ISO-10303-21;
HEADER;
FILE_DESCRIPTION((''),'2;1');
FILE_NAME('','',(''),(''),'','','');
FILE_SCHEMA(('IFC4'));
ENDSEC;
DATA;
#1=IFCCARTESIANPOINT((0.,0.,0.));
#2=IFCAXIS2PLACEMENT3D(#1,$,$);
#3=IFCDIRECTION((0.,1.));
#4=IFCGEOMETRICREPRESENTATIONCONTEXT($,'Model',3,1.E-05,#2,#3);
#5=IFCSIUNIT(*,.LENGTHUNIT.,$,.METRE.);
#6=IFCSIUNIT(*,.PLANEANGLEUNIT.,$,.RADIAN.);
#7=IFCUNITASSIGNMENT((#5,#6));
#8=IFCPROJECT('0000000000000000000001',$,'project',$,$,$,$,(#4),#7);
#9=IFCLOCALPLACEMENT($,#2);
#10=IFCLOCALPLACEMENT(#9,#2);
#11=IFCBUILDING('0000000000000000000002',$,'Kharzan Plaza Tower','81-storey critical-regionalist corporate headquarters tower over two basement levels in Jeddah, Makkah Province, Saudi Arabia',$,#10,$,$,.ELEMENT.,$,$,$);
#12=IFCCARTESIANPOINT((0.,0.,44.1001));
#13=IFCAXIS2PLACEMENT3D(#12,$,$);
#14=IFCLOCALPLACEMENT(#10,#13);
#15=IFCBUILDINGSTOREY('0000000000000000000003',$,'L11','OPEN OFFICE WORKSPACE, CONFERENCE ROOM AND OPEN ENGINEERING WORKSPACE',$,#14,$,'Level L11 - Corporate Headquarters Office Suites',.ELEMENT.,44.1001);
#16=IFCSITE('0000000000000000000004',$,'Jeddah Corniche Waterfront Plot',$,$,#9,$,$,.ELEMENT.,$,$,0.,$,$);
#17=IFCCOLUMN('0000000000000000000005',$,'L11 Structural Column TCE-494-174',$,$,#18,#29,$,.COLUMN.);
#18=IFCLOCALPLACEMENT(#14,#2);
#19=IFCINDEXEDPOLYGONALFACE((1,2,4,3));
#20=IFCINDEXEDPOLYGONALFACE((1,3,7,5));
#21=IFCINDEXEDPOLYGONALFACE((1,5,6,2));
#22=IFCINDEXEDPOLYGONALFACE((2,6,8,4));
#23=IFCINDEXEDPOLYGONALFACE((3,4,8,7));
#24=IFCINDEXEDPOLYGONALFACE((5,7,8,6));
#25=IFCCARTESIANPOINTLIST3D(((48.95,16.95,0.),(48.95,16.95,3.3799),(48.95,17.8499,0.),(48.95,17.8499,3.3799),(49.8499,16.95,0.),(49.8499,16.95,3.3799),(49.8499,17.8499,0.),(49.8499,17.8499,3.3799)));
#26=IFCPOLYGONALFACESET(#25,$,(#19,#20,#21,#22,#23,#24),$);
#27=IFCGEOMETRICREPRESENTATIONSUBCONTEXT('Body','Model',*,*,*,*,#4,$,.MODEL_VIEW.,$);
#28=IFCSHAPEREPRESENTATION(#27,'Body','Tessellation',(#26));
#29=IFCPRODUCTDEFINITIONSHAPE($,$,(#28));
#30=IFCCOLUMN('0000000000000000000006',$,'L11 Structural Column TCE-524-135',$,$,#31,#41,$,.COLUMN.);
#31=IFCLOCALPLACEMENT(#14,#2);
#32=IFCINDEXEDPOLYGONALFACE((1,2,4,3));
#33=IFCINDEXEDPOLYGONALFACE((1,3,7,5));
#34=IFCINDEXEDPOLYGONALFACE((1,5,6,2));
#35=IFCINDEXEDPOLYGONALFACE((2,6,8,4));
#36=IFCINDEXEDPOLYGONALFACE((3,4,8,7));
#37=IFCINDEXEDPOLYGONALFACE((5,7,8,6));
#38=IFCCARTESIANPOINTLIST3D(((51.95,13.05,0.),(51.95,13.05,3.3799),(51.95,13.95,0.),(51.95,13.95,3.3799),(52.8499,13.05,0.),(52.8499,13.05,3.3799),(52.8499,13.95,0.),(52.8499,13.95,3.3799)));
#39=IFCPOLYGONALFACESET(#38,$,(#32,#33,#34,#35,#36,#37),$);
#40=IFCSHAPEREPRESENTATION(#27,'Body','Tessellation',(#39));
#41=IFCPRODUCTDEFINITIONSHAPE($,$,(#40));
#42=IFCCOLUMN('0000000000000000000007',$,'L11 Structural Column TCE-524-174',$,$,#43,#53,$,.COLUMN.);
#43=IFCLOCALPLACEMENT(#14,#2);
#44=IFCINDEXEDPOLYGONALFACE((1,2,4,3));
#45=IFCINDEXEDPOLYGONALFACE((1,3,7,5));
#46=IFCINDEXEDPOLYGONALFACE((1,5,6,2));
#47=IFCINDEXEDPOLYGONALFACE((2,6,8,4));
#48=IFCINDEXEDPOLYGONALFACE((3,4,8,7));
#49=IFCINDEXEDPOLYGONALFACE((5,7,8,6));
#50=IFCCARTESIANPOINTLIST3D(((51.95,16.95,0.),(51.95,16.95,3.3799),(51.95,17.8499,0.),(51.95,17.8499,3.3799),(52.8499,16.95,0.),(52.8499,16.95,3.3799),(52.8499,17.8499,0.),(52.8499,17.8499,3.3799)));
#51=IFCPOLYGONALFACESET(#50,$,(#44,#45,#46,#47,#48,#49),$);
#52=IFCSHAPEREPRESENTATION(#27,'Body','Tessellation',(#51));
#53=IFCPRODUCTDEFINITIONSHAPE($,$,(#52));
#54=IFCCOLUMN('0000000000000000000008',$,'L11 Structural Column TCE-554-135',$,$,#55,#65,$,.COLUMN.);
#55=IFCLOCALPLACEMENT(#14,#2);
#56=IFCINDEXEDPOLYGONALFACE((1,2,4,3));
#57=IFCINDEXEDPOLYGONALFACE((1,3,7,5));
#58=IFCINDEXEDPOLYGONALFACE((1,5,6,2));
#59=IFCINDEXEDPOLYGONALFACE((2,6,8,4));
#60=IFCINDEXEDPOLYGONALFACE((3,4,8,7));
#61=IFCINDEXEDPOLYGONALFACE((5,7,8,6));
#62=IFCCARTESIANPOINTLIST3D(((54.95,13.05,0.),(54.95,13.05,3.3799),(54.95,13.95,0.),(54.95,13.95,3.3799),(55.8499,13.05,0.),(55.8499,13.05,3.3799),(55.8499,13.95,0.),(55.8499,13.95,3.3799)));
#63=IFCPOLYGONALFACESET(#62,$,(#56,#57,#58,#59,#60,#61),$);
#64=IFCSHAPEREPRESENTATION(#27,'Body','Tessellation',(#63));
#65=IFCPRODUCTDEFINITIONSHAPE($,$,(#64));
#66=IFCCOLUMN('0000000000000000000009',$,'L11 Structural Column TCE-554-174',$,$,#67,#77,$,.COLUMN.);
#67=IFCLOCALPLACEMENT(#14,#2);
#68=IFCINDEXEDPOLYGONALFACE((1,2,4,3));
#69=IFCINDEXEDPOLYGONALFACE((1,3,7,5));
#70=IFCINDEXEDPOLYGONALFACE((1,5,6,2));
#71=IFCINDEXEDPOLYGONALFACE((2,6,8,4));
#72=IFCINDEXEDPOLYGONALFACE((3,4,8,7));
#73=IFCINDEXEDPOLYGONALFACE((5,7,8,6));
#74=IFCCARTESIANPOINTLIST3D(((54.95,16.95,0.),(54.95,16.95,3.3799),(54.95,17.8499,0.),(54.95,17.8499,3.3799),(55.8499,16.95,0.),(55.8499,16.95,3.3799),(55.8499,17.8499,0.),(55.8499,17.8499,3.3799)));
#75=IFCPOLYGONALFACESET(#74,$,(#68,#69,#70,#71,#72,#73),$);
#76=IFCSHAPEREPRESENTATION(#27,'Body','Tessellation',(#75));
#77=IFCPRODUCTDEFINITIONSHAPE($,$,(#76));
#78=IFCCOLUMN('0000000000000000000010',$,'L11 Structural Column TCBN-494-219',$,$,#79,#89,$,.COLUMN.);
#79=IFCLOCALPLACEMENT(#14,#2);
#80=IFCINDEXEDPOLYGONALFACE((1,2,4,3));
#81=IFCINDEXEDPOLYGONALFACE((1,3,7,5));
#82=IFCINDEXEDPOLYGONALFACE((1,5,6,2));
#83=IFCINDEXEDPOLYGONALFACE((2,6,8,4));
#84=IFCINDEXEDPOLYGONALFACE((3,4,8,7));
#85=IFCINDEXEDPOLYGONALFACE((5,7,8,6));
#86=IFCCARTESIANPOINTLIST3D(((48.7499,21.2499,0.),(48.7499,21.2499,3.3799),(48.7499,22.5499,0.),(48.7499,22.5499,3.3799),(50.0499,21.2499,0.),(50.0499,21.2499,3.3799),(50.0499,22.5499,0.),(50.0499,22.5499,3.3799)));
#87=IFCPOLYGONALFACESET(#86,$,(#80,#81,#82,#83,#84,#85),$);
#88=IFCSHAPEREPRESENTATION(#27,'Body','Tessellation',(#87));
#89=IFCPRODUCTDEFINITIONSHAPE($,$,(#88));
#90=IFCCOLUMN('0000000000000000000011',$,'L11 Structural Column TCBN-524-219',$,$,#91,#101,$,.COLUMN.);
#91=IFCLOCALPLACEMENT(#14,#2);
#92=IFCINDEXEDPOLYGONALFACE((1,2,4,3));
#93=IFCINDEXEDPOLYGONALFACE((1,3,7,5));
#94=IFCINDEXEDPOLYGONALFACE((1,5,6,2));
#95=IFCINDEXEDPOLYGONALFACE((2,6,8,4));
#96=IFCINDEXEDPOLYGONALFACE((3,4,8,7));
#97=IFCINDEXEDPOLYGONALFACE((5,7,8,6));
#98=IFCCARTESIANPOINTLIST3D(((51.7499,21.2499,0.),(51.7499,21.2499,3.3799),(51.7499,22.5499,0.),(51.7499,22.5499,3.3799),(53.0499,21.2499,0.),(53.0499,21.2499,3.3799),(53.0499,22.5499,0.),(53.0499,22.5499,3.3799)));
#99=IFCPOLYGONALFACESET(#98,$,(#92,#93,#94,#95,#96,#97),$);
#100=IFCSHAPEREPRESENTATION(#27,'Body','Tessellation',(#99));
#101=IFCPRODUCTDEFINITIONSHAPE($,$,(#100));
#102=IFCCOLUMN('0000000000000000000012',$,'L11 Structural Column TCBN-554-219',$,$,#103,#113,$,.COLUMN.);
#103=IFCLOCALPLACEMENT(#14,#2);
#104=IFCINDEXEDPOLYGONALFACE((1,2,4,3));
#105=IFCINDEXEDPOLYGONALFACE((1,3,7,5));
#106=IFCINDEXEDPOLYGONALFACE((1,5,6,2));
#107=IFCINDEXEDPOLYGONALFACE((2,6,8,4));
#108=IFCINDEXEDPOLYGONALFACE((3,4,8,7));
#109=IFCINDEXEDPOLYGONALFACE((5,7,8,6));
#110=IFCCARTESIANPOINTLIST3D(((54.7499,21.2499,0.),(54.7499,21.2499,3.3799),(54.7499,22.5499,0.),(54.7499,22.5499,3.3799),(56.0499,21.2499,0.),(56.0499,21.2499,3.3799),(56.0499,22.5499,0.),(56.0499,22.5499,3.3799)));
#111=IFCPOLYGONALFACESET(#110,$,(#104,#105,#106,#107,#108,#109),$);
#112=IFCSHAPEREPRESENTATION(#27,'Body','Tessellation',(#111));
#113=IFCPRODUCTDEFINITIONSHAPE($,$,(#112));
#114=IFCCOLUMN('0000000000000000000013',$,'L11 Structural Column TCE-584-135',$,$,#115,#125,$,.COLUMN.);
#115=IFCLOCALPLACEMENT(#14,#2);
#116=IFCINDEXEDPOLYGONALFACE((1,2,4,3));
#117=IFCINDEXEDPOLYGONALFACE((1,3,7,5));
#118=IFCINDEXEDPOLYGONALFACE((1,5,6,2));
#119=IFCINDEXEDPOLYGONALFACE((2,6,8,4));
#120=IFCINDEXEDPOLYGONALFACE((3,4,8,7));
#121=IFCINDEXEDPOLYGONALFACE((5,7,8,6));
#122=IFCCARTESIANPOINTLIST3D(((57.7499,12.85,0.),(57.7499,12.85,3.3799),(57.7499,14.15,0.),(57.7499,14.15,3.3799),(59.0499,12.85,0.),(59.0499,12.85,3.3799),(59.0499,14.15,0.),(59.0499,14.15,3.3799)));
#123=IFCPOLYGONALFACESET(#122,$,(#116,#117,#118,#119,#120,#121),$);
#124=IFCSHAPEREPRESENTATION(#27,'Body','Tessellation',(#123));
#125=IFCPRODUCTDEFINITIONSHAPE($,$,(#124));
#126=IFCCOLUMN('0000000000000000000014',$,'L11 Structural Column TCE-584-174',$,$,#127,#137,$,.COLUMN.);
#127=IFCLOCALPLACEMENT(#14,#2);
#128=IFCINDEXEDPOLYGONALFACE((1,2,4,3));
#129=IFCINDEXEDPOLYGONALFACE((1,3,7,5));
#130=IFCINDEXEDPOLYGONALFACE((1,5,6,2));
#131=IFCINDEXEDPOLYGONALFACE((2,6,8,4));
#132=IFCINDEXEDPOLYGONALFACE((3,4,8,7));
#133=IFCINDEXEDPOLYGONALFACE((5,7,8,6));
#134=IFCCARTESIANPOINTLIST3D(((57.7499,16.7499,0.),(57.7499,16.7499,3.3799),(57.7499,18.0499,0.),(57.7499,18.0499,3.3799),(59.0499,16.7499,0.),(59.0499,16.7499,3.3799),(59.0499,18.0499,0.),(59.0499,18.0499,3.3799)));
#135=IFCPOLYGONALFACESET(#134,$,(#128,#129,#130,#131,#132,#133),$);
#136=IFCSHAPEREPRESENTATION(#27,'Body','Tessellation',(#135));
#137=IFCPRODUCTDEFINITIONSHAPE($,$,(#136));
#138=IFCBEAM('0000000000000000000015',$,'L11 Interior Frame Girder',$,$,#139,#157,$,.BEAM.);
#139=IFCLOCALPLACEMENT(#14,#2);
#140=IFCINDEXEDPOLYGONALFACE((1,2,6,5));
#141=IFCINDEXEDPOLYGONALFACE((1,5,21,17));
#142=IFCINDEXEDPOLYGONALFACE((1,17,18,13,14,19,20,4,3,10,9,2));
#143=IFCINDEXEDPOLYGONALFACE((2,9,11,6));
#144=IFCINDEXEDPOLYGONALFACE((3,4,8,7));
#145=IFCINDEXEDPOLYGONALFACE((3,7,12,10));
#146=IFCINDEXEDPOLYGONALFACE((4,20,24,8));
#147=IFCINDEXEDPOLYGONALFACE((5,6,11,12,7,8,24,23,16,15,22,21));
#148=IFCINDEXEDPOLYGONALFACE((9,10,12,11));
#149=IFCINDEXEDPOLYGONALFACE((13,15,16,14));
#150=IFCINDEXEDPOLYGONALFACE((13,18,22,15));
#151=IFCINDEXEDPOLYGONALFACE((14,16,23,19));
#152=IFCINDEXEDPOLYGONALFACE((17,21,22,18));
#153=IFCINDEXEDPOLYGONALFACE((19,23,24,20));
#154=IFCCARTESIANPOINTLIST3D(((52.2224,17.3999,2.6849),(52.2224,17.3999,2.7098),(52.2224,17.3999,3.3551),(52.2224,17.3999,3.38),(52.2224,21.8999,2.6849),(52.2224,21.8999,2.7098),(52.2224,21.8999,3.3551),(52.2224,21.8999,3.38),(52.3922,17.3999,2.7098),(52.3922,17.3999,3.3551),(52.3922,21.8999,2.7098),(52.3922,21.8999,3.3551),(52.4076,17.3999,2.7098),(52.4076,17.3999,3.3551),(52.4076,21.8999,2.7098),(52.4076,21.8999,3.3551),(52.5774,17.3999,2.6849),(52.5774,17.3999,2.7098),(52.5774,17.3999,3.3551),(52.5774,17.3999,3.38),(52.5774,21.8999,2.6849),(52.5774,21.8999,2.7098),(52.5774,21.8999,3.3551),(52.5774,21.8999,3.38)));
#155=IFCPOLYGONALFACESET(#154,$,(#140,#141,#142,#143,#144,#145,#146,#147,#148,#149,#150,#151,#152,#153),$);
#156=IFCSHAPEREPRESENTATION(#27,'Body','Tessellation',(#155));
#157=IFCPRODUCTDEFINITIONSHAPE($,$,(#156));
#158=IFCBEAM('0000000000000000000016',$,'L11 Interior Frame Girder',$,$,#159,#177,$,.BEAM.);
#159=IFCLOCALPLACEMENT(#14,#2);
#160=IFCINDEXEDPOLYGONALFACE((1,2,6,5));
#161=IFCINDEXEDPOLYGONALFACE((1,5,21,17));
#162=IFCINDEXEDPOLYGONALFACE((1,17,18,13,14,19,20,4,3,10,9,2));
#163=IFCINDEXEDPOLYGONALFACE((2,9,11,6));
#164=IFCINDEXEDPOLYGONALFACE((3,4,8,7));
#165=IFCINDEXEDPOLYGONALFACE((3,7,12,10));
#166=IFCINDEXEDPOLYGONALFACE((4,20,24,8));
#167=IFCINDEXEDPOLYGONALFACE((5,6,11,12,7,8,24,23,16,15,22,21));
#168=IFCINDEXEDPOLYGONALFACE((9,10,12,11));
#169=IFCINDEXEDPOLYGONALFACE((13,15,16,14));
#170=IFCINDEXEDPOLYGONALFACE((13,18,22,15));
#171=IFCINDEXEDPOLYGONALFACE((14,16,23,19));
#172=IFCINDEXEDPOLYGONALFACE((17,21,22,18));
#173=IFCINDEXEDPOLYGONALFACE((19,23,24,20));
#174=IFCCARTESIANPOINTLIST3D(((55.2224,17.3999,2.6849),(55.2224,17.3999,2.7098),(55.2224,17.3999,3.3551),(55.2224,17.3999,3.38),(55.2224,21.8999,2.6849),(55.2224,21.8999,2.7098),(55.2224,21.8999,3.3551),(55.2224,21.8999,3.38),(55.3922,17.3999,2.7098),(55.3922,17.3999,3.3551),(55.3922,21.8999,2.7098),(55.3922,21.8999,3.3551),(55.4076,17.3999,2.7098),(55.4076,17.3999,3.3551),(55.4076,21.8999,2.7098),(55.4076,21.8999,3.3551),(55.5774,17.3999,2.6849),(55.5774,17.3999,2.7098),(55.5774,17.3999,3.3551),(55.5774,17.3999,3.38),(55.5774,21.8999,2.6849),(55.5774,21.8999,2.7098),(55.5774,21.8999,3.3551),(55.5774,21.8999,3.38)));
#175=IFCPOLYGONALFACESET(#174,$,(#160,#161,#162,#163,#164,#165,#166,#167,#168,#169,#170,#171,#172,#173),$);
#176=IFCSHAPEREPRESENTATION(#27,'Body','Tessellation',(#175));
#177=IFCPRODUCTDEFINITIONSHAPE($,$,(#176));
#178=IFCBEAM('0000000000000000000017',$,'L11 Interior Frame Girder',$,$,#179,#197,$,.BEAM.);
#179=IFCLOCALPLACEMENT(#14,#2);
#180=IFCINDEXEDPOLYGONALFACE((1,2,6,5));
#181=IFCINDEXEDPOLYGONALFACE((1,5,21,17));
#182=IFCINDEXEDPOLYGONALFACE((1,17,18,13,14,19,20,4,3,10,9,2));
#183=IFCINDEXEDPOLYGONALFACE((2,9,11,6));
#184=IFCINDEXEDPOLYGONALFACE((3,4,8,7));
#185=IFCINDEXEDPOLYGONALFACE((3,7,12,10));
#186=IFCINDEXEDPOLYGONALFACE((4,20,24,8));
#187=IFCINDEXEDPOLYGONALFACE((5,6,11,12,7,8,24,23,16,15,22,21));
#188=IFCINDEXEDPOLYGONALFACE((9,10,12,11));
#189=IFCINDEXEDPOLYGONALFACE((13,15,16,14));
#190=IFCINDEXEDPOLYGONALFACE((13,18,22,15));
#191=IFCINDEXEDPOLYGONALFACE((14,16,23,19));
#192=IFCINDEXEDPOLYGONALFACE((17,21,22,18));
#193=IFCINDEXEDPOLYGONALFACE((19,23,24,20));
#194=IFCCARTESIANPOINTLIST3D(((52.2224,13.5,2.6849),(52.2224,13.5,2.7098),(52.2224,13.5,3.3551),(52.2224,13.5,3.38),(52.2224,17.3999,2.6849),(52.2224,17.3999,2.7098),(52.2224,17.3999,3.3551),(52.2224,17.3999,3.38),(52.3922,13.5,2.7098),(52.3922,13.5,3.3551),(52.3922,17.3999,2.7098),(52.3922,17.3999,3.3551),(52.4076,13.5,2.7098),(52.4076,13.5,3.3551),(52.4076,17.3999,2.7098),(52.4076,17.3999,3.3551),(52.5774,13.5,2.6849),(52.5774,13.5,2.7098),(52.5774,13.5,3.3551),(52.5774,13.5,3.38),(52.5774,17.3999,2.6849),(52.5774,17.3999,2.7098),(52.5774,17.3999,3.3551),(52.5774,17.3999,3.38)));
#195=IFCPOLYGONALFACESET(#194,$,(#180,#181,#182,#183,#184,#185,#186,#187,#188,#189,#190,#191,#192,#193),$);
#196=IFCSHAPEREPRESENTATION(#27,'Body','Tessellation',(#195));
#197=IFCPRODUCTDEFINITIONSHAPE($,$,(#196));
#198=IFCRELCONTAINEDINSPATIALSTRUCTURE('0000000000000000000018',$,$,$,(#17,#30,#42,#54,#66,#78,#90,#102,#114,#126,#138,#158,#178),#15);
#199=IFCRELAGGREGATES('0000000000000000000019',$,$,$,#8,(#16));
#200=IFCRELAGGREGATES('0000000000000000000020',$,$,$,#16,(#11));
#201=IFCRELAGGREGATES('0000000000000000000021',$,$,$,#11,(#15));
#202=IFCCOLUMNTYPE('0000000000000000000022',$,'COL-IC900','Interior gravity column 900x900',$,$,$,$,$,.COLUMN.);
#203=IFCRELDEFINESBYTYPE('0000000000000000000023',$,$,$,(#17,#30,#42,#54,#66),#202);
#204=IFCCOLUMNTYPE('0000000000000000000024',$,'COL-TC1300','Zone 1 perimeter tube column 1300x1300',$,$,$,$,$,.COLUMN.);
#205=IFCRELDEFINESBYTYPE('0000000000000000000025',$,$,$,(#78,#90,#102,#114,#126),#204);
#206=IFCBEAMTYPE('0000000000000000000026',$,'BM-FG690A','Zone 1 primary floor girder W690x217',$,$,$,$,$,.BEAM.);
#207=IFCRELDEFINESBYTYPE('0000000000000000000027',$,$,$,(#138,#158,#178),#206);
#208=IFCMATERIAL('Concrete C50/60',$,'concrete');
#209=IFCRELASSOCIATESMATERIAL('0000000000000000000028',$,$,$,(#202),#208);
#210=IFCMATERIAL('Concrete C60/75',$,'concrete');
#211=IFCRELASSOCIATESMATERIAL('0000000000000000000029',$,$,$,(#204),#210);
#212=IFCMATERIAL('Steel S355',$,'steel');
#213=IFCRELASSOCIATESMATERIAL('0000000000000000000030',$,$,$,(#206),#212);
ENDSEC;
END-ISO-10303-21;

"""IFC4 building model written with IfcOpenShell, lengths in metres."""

from ifc_helpers import new_model, si_unit, direction, frame, origin, origin_2d, place, context, subcontext, project, spatial, rectangle, i_section, extrude, source, transform, mapped, material, material_profile, profile_set, type_object, element, save


model = new_model("IFC4")

# Units and contexts
model_context = context("Model", 3, precision=1e-05, world=origin(), true_north=direction((0.0, 1.0)))
body_context = subcontext(model_context, "Body", "Model", "MODEL_VIEW")
ifc_project = project(units=[si_unit("LENGTHUNIT", "METRE"), si_unit("PLANEANGLEUNIT", "RADIAN")], contexts=[model_context])

# Site, building, storey
site_placement = place(None, origin())
site = spatial("IfcSite", under=ifc_project, at=site_placement, Name="Jeddah Corniche Waterfront Plot", CompositionType="ELEMENT", RefElevation=0.0)
building_placement = place(site_placement, origin())
building = spatial("IfcBuilding", under=site, at=building_placement, Name="Kharzan Plaza Tower", Description="81-storey critical-regionalist corporate headquarters tower over two basement levels in Jeddah, Makkah Province, Saudi Arabia", CompositionType="ELEMENT")
storey_placement = place(building_placement, frame((0.0, 0.0, 44.1001)))
storey = spatial("IfcBuildingStorey", under=building, at=storey_placement, Name="L11", Description="OPEN OFFICE WORKSPACE, CONFERENCE ROOM AND OPEN ENGINEERING WORKSPACE", LongName="Level L11 - Corporate Headquarters Office Suites", CompositionType="ELEMENT", Elevation=44.1001)

# Columns
ifc_material_1 = material(Name="Concrete C50/60", Category="concrete")
ifc_material_profile_1 = material_profile(ifc_material_1, rectangle(XDim=0.8999, YDim=0.8999, at=origin_2d()), Name="RC-IC900x900")
ifc_profile_set_1 = profile_set([ifc_material_profile_1], Name="Concrete C50/60")
column_type_1 = type_object("IfcColumnType", Name="COL-IC900", Description="Interior gravity column 900x900", PredefinedType="COLUMN", material=ifc_profile_set_1)
shared_shape_1 = source(origin(), body_context, "Body", "SweptSolid", [
    extrude(rectangle(XDim=0.8999, YDim=0.8999, at=origin_2d()), origin(), (0.0, 0.0, 1.0), 3.3799),
])
for number, where, z_axis, x_axis, name in (
    (1, (49.3999, 17.3999, 0.0), (0.0, 0.0, 1.0), (1.0, 0.0, 0.0), "L11 Structural Column TCE-494-174"),
    (2, (52.3999, 13.5, 0.0), (0.0, 0.0, 1.0), (1.0, 0.0, 0.0), "L11 Structural Column TCE-524-135"),
    (3, (52.3999, 17.3999, 0.0), (0.0, 0.0, 1.0), (1.0, 0.0, 0.0), "L11 Structural Column TCE-524-174"),
    (4, (55.3999, 13.5, 0.0), (0.0, 0.0, 1.0), (1.0, 0.0, 0.0), "L11 Structural Column TCE-554-135"),
    (5, (55.3999, 17.3999, 0.0), (0.0, 0.0, 1.0), (1.0, 0.0, 0.0), "L11 Structural Column TCE-554-174"),
):
    element("IfcColumn", number, at=place(storey_placement, frame(where, z_axis=z_axis, x_axis=x_axis)), inside=storey, type_object=column_type_1, Name=name, PredefinedType="COLUMN", context=body_context, shape_type="MappedRepresentation", body=[
        mapped(shared_shape_1, transform((0.0, 0.0, 0.0), x_axis=(1.0, 0.0, 0.0), y_axis=(0.0, 1.0, 0.0), z_axis=(0.0, 0.0, 1.0))),
    ])
ifc_material_2 = material(Name="Concrete C60/75", Category="concrete")
ifc_material_profile_2 = material_profile(ifc_material_2, rectangle(XDim=1.3, YDim=1.3, at=origin_2d()), Name="RC-TC1300x1300")
ifc_profile_set_2 = profile_set([ifc_material_profile_2], Name="Concrete C60/75")
column_type_2 = type_object("IfcColumnType", Name="COL-TC1300", Description="Zone 1 perimeter tube column 1300x1300", PredefinedType="COLUMN", material=ifc_profile_set_2)
shared_shape_2 = source(origin(), body_context, "Body", "SweptSolid", [
    extrude(rectangle(XDim=1.3, YDim=1.3, at=origin_2d()), origin(), (0.0, 0.0, 1.0), 3.3799),
])
for number, where, z_axis, x_axis, name in (
    (6, (49.3999, 21.8999, 0.0), (0.0, 0.0, 1.0), (1.0, 0.0, 0.0), "L11 Structural Column TCBN-494-219"),
    (7, (52.3999, 21.8999, 0.0), (0.0, 0.0, 1.0), (1.0, 0.0, 0.0), "L11 Structural Column TCBN-524-219"),
    (8, (55.3999, 21.8999, 0.0), (0.0, 0.0, 1.0), (1.0, 0.0, 0.0), "L11 Structural Column TCBN-554-219"),
    (9, (58.3999, 13.5, 0.0), (0.0, 0.0, 1.0), (1.0, 0.0, 0.0), "L11 Structural Column TCE-584-135"),
    (10, (58.3999, 17.3999, 0.0), (0.0, 0.0, 1.0), (1.0, 0.0, 0.0), "L11 Structural Column TCE-584-174"),
):
    element("IfcColumn", number, at=place(storey_placement, frame(where, z_axis=z_axis, x_axis=x_axis)), inside=storey, type_object=column_type_2, Name=name, PredefinedType="COLUMN", context=body_context, shape_type="MappedRepresentation", body=[
        mapped(shared_shape_2, transform((0.0, 0.0, 0.0), x_axis=(1.0, 0.0, 0.0), y_axis=(0.0, 1.0, 0.0), z_axis=(0.0, 0.0, 1.0))),
    ])

# Beams
ifc_material_3 = material(Name="Steel S355", Category="steel")
ifc_material_profile_3 = material_profile(ifc_material_3, i_section(OverallWidth=0.355, OverallDepth=0.6951, WebThickness=0.0154, FlangeThickness=0.0249, at=origin_2d()), Name="W690x217")
ifc_profile_set_3 = profile_set([ifc_material_profile_3], Name="Steel S355")
beam_type_1 = type_object("IfcBeamType", Name="BM-FG690A", Description="Zone 1 primary floor girder W690x217", PredefinedType="BEAM", material=ifc_profile_set_3)
shared_shape_3 = source(origin(), body_context, "Body", "SweptSolid", [
    extrude(i_section(OverallWidth=0.355, OverallDepth=0.6951, WebThickness=0.0154, FlangeThickness=0.0249, at=origin_2d()), origin(), (0.0, 0.0, 1.0), 4.5),
])
for number, where, z_axis, x_axis, name in (
    (11, (52.3999, 17.3999, 3.0325), (0.0, 1.0, 0.0), (-1.0, 0.0, 0.0), "L11 Interior Frame Girder"),
    (12, (55.3999, 17.3999, 3.0325), (0.0, 1.0, 0.0), (-1.0, 0.0, 0.0), "L11 Interior Frame Girder"),
):
    element("IfcBeam", number, at=place(storey_placement, frame(where, z_axis=z_axis, x_axis=x_axis)), inside=storey, type_object=beam_type_1, Name=name, PredefinedType="BEAM", context=body_context, shape_type="MappedRepresentation", body=[
        mapped(shared_shape_3, transform((0.0, 0.0, 0.0), x_axis=(1.0, 0.0, 0.0), y_axis=(0.0, 1.0, 0.0), z_axis=(0.0, 0.0, 1.0))),
    ])
shared_shape_4 = source(origin(), body_context, "Body", "SweptSolid", [
    extrude(i_section(OverallWidth=0.355, OverallDepth=0.6951, WebThickness=0.0154, FlangeThickness=0.0249, at=origin_2d()), origin(), (0.0, 0.0, 1.0), 3.8999),
])
for number, where, z_axis, x_axis, name in (
    (13, (52.3999, 13.5, 3.0325), (0.0, 1.0, 0.0), (-1.0, 0.0, 0.0), "L11 Interior Frame Girder"),
):
    element("IfcBeam", number, at=place(storey_placement, frame(where, z_axis=z_axis, x_axis=x_axis)), inside=storey, type_object=beam_type_1, Name=name, PredefinedType="BEAM", context=body_context, shape_type="MappedRepresentation", body=[
        mapped(shared_shape_4, transform((0.0, 0.0, 0.0), x_axis=(1.0, 0.0, 0.0), y_axis=(0.0, 1.0, 0.0), z_axis=(0.0, 0.0, 1.0))),
    ])

save(model, "model.ifc")
